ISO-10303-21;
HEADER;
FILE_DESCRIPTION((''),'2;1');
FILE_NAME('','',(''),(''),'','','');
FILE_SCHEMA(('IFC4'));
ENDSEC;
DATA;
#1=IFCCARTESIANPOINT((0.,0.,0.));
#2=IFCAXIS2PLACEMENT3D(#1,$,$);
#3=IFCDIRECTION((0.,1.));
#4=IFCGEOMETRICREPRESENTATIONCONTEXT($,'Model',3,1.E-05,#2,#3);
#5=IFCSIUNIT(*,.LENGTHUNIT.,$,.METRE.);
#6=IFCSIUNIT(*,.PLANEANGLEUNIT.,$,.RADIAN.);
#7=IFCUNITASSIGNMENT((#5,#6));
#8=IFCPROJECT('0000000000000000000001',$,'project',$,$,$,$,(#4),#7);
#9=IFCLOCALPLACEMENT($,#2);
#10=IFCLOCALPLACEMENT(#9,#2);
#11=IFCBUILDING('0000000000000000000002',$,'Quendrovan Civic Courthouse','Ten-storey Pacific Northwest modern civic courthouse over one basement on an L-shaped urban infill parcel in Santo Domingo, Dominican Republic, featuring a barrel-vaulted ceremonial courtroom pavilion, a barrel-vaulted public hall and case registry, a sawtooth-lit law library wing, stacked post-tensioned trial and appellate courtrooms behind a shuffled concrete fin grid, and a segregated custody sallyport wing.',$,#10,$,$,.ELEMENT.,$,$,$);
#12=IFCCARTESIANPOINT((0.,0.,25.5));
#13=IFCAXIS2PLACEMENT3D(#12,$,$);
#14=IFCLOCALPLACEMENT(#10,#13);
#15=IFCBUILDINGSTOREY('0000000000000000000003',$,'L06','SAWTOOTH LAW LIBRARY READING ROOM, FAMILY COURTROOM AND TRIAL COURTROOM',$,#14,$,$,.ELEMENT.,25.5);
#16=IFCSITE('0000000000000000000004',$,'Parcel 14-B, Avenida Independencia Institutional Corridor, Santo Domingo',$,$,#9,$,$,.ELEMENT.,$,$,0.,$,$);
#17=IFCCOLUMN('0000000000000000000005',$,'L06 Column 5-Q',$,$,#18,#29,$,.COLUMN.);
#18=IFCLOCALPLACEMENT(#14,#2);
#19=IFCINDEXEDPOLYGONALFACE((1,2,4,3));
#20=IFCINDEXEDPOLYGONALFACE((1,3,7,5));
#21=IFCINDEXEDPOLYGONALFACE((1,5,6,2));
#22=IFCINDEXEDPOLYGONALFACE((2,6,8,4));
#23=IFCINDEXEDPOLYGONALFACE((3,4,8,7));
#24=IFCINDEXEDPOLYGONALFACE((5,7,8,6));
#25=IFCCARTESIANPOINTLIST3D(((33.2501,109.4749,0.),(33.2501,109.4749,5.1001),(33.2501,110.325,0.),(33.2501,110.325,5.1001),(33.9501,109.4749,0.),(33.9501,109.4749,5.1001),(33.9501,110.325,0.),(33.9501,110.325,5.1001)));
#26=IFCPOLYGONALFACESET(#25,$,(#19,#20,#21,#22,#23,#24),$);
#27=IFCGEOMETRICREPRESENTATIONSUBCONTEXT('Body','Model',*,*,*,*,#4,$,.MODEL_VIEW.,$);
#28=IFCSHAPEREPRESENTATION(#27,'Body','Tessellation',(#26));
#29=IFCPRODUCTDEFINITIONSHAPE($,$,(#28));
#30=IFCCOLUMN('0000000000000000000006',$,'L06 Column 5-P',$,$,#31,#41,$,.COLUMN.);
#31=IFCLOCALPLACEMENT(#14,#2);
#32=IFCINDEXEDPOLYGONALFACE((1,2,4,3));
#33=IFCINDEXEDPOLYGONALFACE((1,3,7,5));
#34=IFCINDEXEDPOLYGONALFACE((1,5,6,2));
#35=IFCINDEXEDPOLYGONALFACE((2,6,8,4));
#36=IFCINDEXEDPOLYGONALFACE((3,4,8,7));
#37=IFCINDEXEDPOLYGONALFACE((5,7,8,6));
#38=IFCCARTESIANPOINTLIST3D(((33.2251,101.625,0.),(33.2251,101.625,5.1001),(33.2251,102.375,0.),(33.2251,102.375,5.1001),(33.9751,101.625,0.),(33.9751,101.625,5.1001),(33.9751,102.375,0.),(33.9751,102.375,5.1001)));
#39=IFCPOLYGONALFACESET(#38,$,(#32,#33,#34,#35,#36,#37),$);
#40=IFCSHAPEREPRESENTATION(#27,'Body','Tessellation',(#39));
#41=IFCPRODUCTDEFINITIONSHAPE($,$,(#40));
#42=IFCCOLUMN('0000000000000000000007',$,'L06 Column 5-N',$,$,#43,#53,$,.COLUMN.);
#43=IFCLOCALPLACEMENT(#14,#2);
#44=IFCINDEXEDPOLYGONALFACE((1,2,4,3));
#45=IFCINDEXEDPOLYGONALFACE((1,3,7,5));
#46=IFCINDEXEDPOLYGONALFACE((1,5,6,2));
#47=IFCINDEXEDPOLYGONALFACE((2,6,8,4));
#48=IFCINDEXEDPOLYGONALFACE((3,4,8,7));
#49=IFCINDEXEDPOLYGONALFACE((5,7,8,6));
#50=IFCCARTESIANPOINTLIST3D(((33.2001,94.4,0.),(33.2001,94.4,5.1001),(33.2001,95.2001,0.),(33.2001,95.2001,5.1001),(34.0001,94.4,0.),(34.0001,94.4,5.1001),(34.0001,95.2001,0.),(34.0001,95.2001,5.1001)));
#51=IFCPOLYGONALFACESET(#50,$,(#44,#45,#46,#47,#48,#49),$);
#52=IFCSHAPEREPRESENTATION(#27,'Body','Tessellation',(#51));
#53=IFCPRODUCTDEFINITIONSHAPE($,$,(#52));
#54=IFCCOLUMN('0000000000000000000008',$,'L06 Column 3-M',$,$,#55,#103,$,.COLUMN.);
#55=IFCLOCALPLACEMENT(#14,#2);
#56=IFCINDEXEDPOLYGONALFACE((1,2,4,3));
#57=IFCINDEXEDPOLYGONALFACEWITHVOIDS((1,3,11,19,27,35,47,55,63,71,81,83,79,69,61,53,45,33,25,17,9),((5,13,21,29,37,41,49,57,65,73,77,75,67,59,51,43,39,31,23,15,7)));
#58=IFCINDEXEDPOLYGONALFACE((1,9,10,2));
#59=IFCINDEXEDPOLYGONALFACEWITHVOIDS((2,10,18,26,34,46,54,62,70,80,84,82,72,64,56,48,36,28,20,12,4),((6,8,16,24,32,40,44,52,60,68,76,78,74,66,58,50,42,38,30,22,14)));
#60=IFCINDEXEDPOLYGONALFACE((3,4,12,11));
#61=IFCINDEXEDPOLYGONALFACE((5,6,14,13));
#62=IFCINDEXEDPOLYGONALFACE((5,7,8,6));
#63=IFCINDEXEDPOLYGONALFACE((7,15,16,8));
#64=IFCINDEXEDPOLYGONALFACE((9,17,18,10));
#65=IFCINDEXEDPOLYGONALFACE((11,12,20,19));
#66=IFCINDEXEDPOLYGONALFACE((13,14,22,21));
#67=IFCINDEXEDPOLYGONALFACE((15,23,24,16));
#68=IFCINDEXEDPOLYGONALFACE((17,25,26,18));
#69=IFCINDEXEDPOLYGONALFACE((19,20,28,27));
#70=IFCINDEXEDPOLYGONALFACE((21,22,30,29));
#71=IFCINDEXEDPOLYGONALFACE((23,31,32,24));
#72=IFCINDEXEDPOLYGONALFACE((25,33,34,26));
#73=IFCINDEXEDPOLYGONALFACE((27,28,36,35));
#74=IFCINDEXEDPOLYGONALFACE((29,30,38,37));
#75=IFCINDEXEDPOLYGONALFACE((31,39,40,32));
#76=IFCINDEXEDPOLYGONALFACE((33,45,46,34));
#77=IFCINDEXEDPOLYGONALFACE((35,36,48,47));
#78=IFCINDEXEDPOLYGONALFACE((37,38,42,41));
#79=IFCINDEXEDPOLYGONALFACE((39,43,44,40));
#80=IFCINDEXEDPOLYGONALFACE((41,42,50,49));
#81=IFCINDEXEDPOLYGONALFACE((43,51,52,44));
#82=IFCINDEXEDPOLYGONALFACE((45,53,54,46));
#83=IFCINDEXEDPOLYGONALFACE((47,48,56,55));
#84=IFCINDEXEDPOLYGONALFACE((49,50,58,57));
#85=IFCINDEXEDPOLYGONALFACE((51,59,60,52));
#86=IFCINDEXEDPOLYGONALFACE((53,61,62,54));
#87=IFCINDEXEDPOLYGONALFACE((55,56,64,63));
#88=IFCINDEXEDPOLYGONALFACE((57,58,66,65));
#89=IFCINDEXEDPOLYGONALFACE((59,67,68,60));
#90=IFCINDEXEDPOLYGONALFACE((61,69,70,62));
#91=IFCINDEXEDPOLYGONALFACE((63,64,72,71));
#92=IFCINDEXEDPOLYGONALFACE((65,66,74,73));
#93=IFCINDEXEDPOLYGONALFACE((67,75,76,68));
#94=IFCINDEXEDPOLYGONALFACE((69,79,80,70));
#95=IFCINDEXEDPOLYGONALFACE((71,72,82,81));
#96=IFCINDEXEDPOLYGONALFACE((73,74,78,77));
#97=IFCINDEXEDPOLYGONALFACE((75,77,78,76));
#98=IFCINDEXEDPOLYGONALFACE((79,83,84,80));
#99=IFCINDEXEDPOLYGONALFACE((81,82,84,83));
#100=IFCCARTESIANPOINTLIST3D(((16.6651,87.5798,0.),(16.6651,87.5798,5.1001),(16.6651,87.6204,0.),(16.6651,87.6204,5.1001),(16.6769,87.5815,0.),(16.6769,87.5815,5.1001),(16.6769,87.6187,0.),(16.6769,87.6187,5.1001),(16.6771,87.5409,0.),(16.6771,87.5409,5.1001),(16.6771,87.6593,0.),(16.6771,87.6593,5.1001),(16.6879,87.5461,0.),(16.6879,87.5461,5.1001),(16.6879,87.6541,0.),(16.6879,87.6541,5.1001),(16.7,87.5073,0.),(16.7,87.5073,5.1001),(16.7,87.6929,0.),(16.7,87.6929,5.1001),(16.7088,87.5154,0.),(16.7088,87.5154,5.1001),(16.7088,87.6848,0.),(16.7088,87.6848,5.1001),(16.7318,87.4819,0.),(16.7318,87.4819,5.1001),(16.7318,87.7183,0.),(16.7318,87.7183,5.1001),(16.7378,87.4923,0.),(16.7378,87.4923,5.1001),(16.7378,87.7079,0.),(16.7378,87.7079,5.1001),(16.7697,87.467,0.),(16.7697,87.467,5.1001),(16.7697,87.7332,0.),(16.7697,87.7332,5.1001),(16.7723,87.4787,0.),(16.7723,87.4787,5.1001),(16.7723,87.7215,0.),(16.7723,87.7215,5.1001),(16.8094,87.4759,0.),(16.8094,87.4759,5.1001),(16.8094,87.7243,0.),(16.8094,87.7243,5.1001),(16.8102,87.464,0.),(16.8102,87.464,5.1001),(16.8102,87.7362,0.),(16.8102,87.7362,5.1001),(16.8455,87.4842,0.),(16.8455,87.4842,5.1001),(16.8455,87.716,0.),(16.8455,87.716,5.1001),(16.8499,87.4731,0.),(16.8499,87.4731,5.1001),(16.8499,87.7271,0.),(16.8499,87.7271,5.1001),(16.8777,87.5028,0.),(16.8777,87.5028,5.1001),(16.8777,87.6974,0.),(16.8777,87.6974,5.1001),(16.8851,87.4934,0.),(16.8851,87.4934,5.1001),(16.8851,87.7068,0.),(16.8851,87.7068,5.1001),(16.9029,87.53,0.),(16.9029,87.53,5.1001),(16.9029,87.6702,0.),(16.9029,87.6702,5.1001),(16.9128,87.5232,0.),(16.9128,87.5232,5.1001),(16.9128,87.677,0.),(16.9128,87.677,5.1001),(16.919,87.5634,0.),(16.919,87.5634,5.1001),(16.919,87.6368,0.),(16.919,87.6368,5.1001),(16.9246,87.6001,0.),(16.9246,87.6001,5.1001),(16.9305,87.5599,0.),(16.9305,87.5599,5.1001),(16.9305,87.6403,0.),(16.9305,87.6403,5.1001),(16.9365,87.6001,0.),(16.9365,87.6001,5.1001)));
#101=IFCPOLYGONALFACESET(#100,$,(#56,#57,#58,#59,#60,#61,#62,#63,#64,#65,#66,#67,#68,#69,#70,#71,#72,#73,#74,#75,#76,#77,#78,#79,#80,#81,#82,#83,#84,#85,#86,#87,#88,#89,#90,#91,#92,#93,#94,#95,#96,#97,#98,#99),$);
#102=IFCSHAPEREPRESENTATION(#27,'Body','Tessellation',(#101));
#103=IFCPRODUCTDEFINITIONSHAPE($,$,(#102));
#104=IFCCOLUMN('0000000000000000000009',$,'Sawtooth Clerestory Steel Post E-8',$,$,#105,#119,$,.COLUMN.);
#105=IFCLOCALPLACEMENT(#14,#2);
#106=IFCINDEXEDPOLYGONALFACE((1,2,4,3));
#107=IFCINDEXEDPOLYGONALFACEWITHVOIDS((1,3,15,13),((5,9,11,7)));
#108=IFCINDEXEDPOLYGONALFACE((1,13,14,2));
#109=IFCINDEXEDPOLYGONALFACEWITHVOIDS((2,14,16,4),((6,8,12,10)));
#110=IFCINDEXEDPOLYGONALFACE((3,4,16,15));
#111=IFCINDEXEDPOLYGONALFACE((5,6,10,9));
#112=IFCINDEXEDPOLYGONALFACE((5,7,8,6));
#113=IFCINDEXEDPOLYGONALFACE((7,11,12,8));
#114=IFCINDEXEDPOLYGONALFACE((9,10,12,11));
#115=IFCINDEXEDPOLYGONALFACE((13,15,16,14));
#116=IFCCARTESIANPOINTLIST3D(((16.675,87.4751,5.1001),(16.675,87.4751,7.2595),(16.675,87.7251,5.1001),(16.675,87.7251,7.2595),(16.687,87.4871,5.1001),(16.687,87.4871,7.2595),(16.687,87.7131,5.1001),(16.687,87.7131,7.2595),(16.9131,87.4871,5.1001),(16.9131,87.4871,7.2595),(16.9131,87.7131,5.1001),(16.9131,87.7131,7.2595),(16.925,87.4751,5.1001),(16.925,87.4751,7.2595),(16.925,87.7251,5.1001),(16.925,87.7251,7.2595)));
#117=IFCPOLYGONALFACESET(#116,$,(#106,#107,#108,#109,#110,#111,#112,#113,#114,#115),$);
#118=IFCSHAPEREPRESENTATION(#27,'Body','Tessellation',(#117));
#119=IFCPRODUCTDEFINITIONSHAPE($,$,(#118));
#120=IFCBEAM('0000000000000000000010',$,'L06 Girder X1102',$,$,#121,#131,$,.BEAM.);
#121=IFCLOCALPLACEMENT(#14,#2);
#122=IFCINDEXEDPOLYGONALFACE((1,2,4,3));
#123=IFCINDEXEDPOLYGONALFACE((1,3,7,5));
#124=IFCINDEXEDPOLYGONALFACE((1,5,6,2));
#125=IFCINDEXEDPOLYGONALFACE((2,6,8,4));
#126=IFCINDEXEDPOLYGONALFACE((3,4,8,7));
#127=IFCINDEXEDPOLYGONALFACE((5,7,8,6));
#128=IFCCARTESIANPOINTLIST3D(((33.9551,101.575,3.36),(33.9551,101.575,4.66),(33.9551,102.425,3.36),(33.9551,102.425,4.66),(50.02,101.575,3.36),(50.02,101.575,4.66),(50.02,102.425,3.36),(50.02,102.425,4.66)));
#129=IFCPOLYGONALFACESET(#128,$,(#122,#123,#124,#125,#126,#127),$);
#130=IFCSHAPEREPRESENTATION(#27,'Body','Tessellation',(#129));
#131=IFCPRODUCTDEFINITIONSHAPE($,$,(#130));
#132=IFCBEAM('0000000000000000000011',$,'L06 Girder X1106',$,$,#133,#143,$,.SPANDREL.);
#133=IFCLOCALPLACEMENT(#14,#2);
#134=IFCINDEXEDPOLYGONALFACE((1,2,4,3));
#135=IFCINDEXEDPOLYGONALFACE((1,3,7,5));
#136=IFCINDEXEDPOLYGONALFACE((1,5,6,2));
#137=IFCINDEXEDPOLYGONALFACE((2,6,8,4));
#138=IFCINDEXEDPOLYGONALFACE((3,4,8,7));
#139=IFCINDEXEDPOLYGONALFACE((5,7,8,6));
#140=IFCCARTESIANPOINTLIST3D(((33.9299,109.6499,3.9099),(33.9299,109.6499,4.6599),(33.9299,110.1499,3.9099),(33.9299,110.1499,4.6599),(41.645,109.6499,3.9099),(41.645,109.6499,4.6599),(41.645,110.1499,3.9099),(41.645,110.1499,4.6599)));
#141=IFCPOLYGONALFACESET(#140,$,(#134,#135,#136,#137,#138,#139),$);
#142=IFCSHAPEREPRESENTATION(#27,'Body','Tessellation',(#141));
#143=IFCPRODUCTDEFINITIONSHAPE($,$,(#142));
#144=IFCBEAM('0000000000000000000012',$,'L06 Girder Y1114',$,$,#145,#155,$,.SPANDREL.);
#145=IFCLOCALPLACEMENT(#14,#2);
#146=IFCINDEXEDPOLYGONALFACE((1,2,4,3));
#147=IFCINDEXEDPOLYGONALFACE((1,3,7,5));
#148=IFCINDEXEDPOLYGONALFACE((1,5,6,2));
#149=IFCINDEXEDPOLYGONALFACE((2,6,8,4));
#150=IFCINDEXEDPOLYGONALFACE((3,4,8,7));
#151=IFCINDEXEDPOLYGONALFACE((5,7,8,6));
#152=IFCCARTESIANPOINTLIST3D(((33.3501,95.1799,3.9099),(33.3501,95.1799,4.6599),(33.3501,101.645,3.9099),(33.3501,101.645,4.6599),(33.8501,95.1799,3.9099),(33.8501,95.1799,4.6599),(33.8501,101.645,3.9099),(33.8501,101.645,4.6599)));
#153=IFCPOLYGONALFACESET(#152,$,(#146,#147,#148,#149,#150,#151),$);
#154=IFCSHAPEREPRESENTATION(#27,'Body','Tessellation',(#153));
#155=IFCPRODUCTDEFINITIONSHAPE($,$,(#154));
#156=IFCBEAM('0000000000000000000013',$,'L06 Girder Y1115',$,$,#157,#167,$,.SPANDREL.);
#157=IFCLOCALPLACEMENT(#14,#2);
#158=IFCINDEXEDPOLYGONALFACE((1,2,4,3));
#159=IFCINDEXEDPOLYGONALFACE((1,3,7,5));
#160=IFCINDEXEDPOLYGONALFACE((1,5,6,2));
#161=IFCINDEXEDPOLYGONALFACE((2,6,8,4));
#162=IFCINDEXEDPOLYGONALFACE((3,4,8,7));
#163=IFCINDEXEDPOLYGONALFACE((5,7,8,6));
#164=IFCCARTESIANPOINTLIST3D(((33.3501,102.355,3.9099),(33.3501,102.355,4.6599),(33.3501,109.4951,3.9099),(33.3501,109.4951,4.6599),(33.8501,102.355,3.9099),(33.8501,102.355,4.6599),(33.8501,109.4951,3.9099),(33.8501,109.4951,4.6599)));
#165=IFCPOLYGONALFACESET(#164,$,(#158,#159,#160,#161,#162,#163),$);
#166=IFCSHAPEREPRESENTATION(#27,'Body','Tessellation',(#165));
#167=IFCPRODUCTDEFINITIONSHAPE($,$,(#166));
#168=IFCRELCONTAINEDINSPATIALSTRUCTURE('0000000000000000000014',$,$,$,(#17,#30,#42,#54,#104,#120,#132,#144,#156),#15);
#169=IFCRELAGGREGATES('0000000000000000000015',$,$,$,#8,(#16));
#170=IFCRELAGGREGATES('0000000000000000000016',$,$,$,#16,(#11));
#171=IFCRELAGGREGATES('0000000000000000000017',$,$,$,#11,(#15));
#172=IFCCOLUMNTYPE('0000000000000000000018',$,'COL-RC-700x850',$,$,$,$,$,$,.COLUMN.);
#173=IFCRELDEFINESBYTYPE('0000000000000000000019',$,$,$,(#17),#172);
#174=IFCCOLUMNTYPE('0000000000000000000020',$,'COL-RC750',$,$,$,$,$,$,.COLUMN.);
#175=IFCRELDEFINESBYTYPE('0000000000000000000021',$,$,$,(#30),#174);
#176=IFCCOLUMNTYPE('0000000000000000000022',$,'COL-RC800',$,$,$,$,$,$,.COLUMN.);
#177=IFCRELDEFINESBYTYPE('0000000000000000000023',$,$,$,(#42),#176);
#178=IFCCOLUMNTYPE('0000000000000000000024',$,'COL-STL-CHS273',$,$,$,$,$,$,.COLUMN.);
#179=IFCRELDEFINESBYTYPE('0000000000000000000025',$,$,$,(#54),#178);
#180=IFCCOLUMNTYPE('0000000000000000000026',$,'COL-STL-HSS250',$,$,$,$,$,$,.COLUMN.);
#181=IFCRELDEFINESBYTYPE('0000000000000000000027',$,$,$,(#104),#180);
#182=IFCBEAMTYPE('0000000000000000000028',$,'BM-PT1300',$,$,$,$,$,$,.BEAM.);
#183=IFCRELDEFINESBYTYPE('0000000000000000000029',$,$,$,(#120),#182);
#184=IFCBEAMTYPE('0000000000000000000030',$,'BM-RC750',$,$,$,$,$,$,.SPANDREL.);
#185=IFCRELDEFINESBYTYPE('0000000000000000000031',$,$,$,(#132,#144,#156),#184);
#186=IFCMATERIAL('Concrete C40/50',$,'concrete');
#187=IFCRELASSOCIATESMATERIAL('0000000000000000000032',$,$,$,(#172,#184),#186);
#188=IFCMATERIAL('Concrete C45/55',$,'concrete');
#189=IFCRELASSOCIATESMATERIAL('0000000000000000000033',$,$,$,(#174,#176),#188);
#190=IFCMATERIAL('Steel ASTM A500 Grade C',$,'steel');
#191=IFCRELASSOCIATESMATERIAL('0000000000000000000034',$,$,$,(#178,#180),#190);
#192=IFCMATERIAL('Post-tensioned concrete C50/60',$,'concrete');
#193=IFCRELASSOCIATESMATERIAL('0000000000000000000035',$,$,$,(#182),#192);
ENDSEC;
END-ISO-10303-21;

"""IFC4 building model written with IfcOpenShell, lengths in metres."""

from ifc_helpers import new_model, si_unit, direction, frame, origin, origin_2d, place, context, subcontext, project, spatial, rectangle, hollow_rectangle, hollow_circle, extrude, material, material_profile, profile_set, type_object, element, save


model = new_model("IFC4")

# Units and contexts
model_context = context("Model", 3, precision=1e-05, world=origin(), true_north=direction((0.0, 1.0)))
body_context = subcontext(model_context, "Body", "Model", "MODEL_VIEW")
ifc_project = project(units=[si_unit("LENGTHUNIT", "METRE"), si_unit("PLANEANGLEUNIT", "RADIAN")], contexts=[model_context])

# Site, building, storey
site_placement = place(None, origin())
site = spatial("IfcSite", under=ifc_project, at=site_placement, Name="Parcel 14-B, Avenida Independencia Institutional Corridor, Santo Domingo", CompositionType="ELEMENT", RefElevation=0.0)
building_placement = place(site_placement, origin())
building = spatial("IfcBuilding", under=site, at=building_placement, Name="Quendrovan Civic Courthouse", Description="Ten-storey Pacific Northwest modern civic courthouse over one basement on an L-shaped urban infill parcel in Santo Domingo, Dominican Republic, featuring a barrel-vaulted ceremonial courtroom pavilion, a barrel-vaulted public hall and case registry, a sawtooth-lit law library wing, stacked post-tensioned trial and appellate courtrooms behind a shuffled concrete fin grid, and a segregated custody sallyport wing.", CompositionType="ELEMENT")
storey_placement = place(building_placement, frame((0.0, 0.0, 25.5)))
storey = spatial("IfcBuildingStorey", under=building, at=storey_placement, Name="L06", Description="SAWTOOTH LAW LIBRARY READING ROOM, FAMILY COURTROOM AND TRIAL COURTROOM", CompositionType="ELEMENT", Elevation=25.5)

# Columns
ifc_material_1 = material(Name="Concrete C40/50", Category="concrete")
ifc_material_profile_1 = material_profile(ifc_material_1, rectangle(XDim=0.7, YDim=0.8501, at=origin_2d()), Name="RC-COL-700x850")
ifc_profile_set_1 = profile_set([ifc_material_profile_1], Name="Concrete C40/50")
column_type_1 = type_object("IfcColumnType", Name="COL-RC-700x850", PredefinedType="COLUMN", material=ifc_profile_set_1)
column_1_placement = place(storey_placement, frame((33.6001, 109.8999, 0.0), z_axis=(0.0, 0.0, 1.0), x_axis=(1.0, 0.0, 0.0)))
element("IfcColumn", 1, at=column_1_placement, inside=storey, type_object=column_type_1, Name="L06 Column 5-Q", PredefinedType="COLUMN", context=body_context, shape_type="SweptSolid", body=[
    extrude(rectangle(XDim=0.7, YDim=0.8501, at=origin_2d()), origin(), (0.0, 0.0, 1.0), 5.1001),
])
ifc_material_2 = material(Name="Concrete C45/55", Category="concrete")
ifc_material_profile_2 = material_profile(ifc_material_2, rectangle(XDim=0.75, YDim=0.75, at=origin_2d()), Name="RC-COL-750x750")
ifc_profile_set_2 = profile_set([ifc_material_profile_2], Name="Concrete C45/55")
column_type_2 = type_object("IfcColumnType", Name="COL-RC750", PredefinedType="COLUMN", material=ifc_profile_set_2)
column_2_placement = place(storey_placement, frame((33.6001, 102.0, 0.0), z_axis=(0.0, 0.0, 1.0), x_axis=(1.0, 0.0, 0.0)))
element("IfcColumn", 2, at=column_2_placement, inside=storey, type_object=column_type_2, Name="L06 Column 5-P", PredefinedType="COLUMN", context=body_context, shape_type="SweptSolid", body=[
    extrude(rectangle(XDim=0.75, YDim=0.75, at=origin_2d()), origin(), (0.0, 0.0, 1.0), 5.1001),
])
ifc_material_profile_3 = material_profile(ifc_material_2, rectangle(XDim=0.8, YDim=0.8, at=origin_2d()), Name="RC-COL-800x800")
ifc_profile_set_3 = profile_set([ifc_material_profile_3], Name="Concrete C45/55")
column_type_3 = type_object("IfcColumnType", Name="COL-RC800", PredefinedType="COLUMN", material=ifc_profile_set_3)
column_3_placement = place(storey_placement, frame((33.6001, 94.8, 0.0), z_axis=(0.0, 0.0, 1.0), x_axis=(1.0, 0.0, 0.0)))
element("IfcColumn", 3, at=column_3_placement, inside=storey, type_object=column_type_3, Name="L06 Column 5-N", PredefinedType="COLUMN", context=body_context, shape_type="SweptSolid", body=[
    extrude(rectangle(XDim=0.8, YDim=0.8, at=origin_2d()), origin(), (0.0, 0.0, 1.0), 5.1001),
])
ifc_material_3 = material(Name="Steel ASTM A500 Grade C", Category="steel")
ifc_material_profile_4 = material_profile(ifc_material_3, hollow_circle(Radius=0.1365, WallThickness=0.012, at=origin_2d()), Name="CHS273x12")
ifc_profile_set_4 = profile_set([ifc_material_profile_4], Name="Steel ASTM A500 Grade C")
column_type_4 = type_object("IfcColumnType", Name="COL-STL-CHS273", PredefinedType="COLUMN", material=ifc_profile_set_4)
column_4_placement = place(storey_placement, frame((16.8, 87.6001, 0.0), z_axis=(0.0, 0.0, 1.0), x_axis=(1.0, 0.0, 0.0)))
element("IfcColumn", 4, at=column_4_placement, inside=storey, type_object=column_type_4, Name="L06 Column 3-M", PredefinedType="COLUMN", context=body_context, shape_type="SweptSolid", body=[
    extrude(hollow_circle(Radius=0.1365, WallThickness=0.012, at=origin_2d()), origin(), (0.0, 0.0, 1.0), 5.1001),
])
ifc_material_profile_5 = material_profile(ifc_material_3, hollow_rectangle(XDim=0.25, YDim=0.25, WallThickness=0.012, at=origin_2d()), Name="HSS250x250x12")
ifc_profile_set_5 = profile_set([ifc_material_profile_5], Name="Steel ASTM A500 Grade C")
column_type_5 = type_object("IfcColumnType", Name="COL-STL-HSS250", PredefinedType="COLUMN", material=ifc_profile_set_5)
column_5_placement = place(storey_placement, frame((16.8, 87.6001, 5.1001), z_axis=(0.0, 0.0, 1.0), x_axis=(1.0, 0.0, 0.0)))
element("IfcColumn", 5, at=column_5_placement, inside=storey, type_object=column_type_5, Name="Sawtooth Clerestory Steel Post E-8", PredefinedType="COLUMN", context=body_context, shape_type="SweptSolid", body=[
    extrude(hollow_rectangle(XDim=0.25, YDim=0.25, WallThickness=0.012, at=origin_2d()), origin(), (0.0, 0.0, 1.0), 2.1594),
])

# Beams
ifc_material_4 = material(Name="Post-tensioned concrete C50/60", Category="concrete")
ifc_material_profile_6 = material_profile(ifc_material_4, rectangle(XDim=0.8501, YDim=1.3, at=origin_2d()), Name="PT-GRD-850x1300")
ifc_profile_set_6 = profile_set([ifc_material_profile_6], Name="Post-tensioned concrete C50/60")
beam_type_1 = type_object("IfcBeamType", Name="BM-PT1300", PredefinedType="BEAM", material=ifc_profile_set_6)
beam_1_placement = place(storey_placement, frame((33.9551, 102.0, 4.01), z_axis=(1.0, 0.0, 0.0), x_axis=(0.0, 1.0, 0.0)))
element("IfcBeam", 6, at=beam_1_placement, inside=storey, type_object=beam_type_1, Name="L06 Girder X1102", PredefinedType="BEAM", context=body_context, shape_type="SweptSolid", body=[
    extrude(rectangle(XDim=0.8501, YDim=1.3, at=origin_2d()), origin(), (0.0, 0.0, 1.0), 16.0649),
])
ifc_material_profile_7 = material_profile(ifc_material_1, rectangle(XDim=0.5, YDim=0.75, at=origin_2d()), Name="RC-BM-500x750")
ifc_profile_set_7 = profile_set([ifc_material_profile_7], Name="Concrete C40/50")
beam_type_2 = type_object("IfcBeamType", Name="BM-RC750", PredefinedType="SPANDREL", material=ifc_profile_set_7)
beam_2_placement = place(storey_placement, frame((33.9299, 109.8999, 4.2849), z_axis=(1.0, 0.0, 0.0), x_axis=(0.0, 1.0, 0.0)))
element("IfcBeam", 7, at=beam_2_placement, inside=storey, type_object=beam_type_2, Name="L06 Girder X1106", PredefinedType="SPANDREL", context=body_context, shape_type="SweptSolid", body=[
    extrude(rectangle(XDim=0.5, YDim=0.75, at=origin_2d()), origin(), (0.0, 0.0, 1.0), 7.7151),
])
beam_3_placement = place(storey_placement, frame((33.6001, 95.1799, 4.2849), z_axis=(0.0, 1.0, 0.0), x_axis=(-1.0, 0.0, 0.0)))
element("IfcBeam", 8, at=beam_3_placement, inside=storey, type_object=beam_type_2, Name="L06 Girder Y1114", PredefinedType="SPANDREL", context=body_context, shape_type="SweptSolid", body=[
    extrude(rectangle(XDim=0.5, YDim=0.75, at=origin_2d()), origin(), (0.0, 0.0, 1.0), 6.4651),
])
beam_4_placement = place(storey_placement, frame((33.6001, 102.355, 4.2849), z_axis=(0.0, 1.0, 0.0), x_axis=(-1.0, 0.0, 0.0)))
element("IfcBeam", 9, at=beam_4_placement, inside=storey, type_object=beam_type_2, Name="L06 Girder Y1115", PredefinedType="SPANDREL", context=body_context, shape_type="SweptSolid", body=[
    extrude(rectangle(XDim=0.5, YDim=0.75, at=origin_2d()), origin(), (0.0, 0.0, 1.0), 7.1401),
])

save(model, "model.ifc")
